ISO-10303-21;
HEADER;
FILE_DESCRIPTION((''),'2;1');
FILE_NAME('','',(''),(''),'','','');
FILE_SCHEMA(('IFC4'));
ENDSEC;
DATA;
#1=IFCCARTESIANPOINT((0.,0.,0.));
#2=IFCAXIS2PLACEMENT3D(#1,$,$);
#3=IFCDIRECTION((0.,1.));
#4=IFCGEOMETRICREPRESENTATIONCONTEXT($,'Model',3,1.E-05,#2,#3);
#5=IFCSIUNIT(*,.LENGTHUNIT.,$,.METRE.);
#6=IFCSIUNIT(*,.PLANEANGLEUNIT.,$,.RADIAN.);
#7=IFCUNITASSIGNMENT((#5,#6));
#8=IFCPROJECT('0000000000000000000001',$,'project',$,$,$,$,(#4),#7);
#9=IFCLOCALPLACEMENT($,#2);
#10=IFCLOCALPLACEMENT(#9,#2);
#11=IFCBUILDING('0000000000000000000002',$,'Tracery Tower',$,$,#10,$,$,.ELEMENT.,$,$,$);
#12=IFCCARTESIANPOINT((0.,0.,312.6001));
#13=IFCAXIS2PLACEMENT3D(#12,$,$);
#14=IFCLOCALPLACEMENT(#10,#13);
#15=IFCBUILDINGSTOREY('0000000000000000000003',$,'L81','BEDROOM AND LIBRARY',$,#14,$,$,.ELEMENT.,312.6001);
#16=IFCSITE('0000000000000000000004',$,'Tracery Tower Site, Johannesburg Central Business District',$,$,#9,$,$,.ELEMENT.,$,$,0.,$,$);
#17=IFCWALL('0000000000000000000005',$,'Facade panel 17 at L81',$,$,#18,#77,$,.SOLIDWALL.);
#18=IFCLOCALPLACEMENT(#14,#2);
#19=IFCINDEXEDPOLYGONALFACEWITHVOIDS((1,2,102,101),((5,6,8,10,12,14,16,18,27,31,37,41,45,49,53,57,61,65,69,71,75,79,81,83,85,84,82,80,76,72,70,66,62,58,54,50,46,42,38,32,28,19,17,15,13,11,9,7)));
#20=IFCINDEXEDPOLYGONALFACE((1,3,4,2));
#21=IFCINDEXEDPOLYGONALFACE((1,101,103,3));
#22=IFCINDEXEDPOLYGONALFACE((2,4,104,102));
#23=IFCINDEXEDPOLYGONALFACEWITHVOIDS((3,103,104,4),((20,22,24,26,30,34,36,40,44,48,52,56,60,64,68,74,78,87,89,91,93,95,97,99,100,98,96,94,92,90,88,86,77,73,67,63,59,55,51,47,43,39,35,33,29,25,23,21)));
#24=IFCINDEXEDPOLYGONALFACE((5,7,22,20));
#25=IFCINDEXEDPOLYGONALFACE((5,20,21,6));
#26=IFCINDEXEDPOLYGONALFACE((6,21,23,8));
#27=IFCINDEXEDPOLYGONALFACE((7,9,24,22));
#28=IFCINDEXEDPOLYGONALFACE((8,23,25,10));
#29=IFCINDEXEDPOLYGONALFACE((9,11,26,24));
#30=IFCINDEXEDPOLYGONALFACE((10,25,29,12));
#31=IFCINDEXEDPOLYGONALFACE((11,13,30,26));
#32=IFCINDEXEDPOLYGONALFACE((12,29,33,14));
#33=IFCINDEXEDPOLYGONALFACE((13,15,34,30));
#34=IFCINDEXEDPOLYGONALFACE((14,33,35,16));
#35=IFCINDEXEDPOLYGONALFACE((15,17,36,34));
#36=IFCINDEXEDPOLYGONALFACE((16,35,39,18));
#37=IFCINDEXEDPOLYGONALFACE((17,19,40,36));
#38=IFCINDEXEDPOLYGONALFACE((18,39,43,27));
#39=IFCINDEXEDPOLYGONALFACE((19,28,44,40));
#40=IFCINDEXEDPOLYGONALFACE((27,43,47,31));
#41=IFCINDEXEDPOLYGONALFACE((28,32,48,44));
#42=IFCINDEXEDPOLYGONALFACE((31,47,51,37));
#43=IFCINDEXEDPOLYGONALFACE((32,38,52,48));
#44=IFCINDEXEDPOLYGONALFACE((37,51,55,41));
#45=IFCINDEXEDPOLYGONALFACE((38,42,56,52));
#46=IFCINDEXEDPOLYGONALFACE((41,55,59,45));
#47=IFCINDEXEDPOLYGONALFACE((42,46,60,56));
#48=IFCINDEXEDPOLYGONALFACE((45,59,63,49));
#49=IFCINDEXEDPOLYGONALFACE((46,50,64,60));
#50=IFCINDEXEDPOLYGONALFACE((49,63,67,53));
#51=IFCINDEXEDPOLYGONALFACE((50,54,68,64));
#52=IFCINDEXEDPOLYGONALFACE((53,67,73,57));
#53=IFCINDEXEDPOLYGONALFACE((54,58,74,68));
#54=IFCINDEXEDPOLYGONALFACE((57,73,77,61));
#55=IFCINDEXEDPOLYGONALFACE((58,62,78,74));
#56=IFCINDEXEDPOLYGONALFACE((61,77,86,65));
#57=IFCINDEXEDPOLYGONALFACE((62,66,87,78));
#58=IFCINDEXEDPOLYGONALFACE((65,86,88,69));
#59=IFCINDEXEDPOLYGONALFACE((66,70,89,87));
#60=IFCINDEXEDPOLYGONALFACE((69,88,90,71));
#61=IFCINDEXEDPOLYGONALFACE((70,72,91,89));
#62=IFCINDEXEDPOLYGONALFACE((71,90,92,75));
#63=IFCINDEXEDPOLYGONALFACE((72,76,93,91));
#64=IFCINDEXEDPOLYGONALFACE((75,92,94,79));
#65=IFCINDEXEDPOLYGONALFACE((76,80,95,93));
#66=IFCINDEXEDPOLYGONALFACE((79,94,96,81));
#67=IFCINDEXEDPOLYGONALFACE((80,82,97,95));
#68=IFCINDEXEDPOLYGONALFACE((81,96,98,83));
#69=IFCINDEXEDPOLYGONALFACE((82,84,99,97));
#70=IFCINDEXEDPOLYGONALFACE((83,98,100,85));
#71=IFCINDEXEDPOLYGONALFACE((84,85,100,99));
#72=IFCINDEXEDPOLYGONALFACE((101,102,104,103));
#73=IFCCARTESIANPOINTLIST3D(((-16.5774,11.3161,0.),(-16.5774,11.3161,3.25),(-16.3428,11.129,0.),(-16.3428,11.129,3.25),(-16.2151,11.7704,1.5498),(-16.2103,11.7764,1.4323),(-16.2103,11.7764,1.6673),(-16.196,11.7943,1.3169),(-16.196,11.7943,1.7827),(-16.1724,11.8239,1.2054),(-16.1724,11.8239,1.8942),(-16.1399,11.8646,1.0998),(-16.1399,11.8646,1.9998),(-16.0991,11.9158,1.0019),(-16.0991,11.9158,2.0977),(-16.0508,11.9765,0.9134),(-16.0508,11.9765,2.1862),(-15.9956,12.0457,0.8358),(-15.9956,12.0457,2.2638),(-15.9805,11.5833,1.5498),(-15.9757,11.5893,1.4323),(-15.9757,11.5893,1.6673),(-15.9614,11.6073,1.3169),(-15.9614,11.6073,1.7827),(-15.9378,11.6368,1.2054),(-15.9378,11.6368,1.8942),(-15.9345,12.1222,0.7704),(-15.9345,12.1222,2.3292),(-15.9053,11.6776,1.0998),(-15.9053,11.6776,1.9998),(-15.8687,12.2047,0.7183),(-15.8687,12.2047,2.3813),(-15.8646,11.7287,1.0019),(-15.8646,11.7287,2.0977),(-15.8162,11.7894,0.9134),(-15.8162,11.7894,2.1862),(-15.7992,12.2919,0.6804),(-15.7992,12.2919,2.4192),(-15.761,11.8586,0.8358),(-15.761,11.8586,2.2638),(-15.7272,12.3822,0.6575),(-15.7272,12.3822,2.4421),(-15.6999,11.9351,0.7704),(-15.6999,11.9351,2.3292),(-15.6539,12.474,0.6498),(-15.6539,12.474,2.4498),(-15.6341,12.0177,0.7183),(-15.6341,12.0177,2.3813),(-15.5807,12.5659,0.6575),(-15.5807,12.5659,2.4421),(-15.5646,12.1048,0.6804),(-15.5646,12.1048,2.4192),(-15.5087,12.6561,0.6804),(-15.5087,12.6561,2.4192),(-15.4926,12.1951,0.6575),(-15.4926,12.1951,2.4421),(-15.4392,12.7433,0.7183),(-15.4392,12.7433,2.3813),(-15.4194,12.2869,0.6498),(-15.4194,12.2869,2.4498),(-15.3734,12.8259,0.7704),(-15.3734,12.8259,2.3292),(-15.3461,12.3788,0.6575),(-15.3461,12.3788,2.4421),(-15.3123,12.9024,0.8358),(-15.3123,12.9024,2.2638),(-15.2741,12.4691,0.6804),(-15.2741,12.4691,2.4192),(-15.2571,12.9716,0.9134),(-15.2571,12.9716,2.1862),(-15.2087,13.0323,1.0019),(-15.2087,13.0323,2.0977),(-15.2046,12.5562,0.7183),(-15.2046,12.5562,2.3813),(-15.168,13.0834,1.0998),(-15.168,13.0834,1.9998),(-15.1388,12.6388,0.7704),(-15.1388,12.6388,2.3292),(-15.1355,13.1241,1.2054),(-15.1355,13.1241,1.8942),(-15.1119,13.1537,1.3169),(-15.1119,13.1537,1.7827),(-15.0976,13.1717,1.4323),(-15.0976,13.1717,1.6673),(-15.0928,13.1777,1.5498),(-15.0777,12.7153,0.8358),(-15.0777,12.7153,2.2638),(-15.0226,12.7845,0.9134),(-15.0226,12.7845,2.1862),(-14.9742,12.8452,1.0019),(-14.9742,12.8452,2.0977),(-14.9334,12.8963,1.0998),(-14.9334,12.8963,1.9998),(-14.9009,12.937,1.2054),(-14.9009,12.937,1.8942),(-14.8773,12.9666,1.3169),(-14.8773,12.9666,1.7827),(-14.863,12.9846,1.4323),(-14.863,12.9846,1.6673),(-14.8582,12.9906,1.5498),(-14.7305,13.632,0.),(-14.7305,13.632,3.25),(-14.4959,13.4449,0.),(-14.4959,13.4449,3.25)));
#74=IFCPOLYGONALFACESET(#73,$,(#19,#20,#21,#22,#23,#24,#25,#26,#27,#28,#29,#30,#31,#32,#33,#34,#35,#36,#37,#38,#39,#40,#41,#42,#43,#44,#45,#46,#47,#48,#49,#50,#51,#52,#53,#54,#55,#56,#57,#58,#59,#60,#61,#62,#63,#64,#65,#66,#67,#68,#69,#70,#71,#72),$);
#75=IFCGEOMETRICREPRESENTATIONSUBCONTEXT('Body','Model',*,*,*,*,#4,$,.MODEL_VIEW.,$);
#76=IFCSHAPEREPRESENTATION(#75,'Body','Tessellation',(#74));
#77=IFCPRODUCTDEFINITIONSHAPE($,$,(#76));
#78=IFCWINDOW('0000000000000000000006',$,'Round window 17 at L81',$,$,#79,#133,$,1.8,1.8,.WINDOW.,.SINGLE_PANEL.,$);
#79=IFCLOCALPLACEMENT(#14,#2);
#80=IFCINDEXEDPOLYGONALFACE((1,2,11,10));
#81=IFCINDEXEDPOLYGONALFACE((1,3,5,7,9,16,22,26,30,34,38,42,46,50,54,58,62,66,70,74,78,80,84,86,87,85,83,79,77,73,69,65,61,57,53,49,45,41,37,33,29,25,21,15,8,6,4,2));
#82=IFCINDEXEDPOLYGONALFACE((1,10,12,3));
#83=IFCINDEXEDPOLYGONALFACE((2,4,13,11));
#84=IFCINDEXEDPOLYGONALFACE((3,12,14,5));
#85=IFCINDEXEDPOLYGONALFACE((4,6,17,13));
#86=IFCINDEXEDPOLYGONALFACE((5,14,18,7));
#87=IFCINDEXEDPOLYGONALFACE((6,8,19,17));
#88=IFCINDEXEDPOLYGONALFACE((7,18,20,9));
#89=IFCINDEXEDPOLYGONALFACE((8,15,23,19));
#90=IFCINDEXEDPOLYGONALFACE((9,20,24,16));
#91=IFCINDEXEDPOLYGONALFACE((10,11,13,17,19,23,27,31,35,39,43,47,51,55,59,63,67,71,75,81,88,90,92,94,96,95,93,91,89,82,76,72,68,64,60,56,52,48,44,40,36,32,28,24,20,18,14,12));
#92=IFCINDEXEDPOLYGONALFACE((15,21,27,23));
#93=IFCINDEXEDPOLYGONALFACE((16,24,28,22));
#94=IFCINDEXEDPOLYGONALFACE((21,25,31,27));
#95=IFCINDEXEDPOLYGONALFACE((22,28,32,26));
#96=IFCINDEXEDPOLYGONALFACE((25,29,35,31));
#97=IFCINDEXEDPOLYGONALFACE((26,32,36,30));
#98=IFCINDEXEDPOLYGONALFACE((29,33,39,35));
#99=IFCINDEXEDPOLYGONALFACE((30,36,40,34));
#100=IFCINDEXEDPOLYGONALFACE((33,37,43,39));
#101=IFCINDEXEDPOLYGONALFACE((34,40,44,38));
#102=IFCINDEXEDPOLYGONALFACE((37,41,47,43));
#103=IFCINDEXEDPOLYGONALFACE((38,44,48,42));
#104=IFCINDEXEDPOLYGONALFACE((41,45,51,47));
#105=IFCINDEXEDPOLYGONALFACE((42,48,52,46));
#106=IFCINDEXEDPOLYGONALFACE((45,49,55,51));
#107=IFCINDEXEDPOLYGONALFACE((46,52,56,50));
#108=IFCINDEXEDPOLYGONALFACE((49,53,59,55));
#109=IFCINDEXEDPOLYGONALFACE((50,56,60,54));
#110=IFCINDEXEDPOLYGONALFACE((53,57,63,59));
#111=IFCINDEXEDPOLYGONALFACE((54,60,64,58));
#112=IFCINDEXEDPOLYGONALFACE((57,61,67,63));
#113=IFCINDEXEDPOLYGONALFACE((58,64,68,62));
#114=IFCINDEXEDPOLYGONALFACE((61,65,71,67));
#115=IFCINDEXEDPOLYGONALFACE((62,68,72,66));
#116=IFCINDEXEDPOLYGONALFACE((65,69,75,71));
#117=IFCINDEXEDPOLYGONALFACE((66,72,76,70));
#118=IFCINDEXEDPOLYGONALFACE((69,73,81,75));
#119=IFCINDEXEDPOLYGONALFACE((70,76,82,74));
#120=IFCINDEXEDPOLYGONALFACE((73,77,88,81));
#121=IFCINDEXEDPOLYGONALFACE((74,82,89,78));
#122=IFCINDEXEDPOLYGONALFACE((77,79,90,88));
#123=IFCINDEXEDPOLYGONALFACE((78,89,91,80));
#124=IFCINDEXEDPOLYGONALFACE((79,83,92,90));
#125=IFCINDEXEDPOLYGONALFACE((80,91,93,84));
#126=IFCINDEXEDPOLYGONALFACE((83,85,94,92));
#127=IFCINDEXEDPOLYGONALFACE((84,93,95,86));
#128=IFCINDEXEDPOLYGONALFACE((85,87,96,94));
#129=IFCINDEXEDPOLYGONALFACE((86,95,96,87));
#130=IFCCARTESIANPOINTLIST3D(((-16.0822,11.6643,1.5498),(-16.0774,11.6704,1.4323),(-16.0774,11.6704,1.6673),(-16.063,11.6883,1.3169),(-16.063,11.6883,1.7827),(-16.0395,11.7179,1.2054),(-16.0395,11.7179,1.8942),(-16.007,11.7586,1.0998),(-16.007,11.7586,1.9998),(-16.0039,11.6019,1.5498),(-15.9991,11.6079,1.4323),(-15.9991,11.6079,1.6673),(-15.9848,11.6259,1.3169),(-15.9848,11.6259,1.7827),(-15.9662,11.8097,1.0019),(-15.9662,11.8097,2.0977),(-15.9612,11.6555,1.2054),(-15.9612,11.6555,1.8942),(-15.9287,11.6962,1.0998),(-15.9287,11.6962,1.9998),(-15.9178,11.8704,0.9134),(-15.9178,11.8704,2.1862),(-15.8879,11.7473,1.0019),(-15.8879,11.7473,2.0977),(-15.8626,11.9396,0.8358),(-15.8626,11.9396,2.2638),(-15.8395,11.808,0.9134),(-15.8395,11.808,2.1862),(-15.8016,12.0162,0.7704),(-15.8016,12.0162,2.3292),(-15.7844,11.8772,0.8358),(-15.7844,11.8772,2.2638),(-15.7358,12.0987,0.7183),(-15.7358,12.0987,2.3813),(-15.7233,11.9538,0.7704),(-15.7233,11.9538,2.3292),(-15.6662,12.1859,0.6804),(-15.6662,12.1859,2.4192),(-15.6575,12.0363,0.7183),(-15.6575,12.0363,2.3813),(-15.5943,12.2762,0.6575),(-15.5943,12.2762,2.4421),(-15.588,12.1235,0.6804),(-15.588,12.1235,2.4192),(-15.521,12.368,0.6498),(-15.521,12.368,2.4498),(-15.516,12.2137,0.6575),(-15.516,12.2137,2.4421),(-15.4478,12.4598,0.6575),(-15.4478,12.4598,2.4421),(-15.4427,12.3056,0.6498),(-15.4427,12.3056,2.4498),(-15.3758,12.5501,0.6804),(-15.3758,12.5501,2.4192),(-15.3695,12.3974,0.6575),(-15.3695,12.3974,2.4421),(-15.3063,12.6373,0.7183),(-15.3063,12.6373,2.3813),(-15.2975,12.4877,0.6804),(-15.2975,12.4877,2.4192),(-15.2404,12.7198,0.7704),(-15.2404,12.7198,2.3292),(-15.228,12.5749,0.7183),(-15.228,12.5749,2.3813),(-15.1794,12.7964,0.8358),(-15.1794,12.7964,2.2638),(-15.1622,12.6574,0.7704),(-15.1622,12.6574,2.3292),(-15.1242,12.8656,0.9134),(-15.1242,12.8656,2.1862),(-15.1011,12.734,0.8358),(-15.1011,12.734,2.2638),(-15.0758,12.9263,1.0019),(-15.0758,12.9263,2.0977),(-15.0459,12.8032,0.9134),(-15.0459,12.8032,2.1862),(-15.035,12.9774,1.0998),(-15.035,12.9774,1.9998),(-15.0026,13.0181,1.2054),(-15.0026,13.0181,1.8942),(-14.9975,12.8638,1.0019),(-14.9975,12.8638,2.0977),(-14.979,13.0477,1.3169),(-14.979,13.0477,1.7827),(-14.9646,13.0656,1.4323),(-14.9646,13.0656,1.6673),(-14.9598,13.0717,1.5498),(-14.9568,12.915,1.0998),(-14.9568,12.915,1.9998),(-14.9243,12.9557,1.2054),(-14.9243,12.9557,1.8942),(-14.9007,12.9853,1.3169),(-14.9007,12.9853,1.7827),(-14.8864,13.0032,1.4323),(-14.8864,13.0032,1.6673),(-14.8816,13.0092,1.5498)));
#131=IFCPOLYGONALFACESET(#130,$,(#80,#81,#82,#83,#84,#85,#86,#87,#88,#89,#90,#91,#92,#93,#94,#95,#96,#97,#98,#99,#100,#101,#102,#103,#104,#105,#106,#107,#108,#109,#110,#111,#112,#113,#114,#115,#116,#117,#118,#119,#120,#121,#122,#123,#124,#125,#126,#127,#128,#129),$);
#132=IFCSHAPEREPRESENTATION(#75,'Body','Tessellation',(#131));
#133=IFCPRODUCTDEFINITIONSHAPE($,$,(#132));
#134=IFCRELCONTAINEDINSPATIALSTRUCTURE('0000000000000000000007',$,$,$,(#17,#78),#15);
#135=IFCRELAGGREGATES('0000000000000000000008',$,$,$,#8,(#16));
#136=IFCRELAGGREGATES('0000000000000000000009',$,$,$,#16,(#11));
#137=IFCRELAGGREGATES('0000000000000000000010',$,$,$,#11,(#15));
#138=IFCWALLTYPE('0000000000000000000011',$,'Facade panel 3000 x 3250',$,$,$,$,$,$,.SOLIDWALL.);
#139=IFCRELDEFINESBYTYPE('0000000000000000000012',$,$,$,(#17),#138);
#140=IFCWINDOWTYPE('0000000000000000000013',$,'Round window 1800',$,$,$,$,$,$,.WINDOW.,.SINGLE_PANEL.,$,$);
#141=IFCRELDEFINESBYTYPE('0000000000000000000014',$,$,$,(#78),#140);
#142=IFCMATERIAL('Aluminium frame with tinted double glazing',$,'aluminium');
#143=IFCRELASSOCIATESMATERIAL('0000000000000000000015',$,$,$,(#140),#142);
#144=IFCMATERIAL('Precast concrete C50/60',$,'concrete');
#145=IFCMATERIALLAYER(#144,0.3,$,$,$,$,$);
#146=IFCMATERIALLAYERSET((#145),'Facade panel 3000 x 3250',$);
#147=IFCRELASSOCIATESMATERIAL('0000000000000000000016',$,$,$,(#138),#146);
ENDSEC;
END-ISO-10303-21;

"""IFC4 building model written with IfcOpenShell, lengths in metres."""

from ifc_helpers import new_model, si_unit, direction, frame, frame_2d, origin, origin_2d, place, context, subcontext, project, spatial, rectangle, circle, extrude, material, layer, layer_set, type_object, element, fill, save


model = new_model("IFC4")

# Units and contexts
model_context = context("Model", 3, precision=1e-05, world=origin(), true_north=direction((0.0, 1.0)))
body_context = subcontext(model_context, "Body", "Model", "MODEL_VIEW")
ifc_project = project(units=[si_unit("LENGTHUNIT", "METRE"), si_unit("PLANEANGLEUNIT", "RADIAN")], contexts=[model_context])

# Site, building, storey
site_placement = place(None, origin())
site = spatial("IfcSite", under=ifc_project, at=site_placement, Name="Tracery Tower Site, Johannesburg Central Business District", CompositionType="ELEMENT", RefElevation=0.0)
building_placement = place(site_placement, origin())
building = spatial("IfcBuilding", under=site, at=building_placement, Name="Tracery Tower", CompositionType="ELEMENT")
storey_placement = place(building_placement, frame((0.0, 0.0, 312.6001)))
storey = spatial("IfcBuildingStorey", under=building, at=storey_placement, Name="L81", Description="BEDROOM AND LIBRARY", CompositionType="ELEMENT", Elevation=312.6001)

# Wall, opening, window
ifc_material_1 = material(Name="Aluminium frame with tinted double glazing", Category="aluminium")
window_type = type_object("IfcWindowType", Name="Round window 1800", PartitioningType="SINGLE_PANEL", PredefinedType="WINDOW", material=ifc_material_1)
ifc_material_2 = material(Name="Precast concrete C50/60", Category="concrete")
ifc_layer_1 = layer(ifc_material_2, 0.3)
ifc_layer_set_1 = layer_set([ifc_layer_1], Name="Facade panel 3000 x 3250")
wall_type_1 = type_object("IfcWallType", Name="Facade panel 3000 x 3250", PredefinedType="SOLIDWALL", material=ifc_layer_set_1)
wall_1_placement = place(storey_placement, frame((-14.6133, 13.5383, 0.0), z_axis=(0.0, 0.0, 1.0), x_axis=(-0.623498, -0.781825, 0.0)))
wall_1 = element("IfcWall", 1, at=wall_1_placement, inside=storey, type_object=wall_type_1, Name="Facade panel 17 at L81", PredefinedType="SOLIDWALL", context=body_context, shape_type="SweptSolid", body=[
    extrude(rectangle(XDim=2.9622, YDim=0.3, at=frame_2d((1.481, 0.0))), origin(), (0.0, 0.0, 1.0), 3.25),
])
opening_1_placement = place(wall_1_placement, frame((1.481, 0.0, 1.5498)))
opening_1 = element("IfcOpeningElement", 2, at=opening_1_placement, cuts=wall_1, PredefinedType="OPENING", context=body_context, shape_type="SweptSolid", body=[
    extrude(circle(Radius=0.9, at=origin_2d()), frame((0.0, 0.1599, 0.0), z_axis=(0.0, -1.0, 0.0), x_axis=(1.0, 0.0, 0.0)), (0.0, 0.0, 1.0), 0.3201),
])
window_1_placement = place(opening_1_placement, origin())
window_1 = element("IfcWindow", 3, at=window_1_placement, inside=storey, type_object=window_type, Name="Round window 17 at L81", OverallHeight=1.8, OverallWidth=1.8, PartitioningType="SINGLE_PANEL", PredefinedType="WINDOW", context=body_context, shape_type="SweptSolid", body=[
    extrude(circle(Radius=0.9, at=origin_2d()), frame((0.0, 0.1201, 0.0), z_axis=(0.0, -1.0, 0.0), x_axis=(1.0, 0.0, 0.0)), (0.0, 0.0, 1.0), 0.1001),
])
fill(opening_1, window_1)

save(model, "model.ifc")
